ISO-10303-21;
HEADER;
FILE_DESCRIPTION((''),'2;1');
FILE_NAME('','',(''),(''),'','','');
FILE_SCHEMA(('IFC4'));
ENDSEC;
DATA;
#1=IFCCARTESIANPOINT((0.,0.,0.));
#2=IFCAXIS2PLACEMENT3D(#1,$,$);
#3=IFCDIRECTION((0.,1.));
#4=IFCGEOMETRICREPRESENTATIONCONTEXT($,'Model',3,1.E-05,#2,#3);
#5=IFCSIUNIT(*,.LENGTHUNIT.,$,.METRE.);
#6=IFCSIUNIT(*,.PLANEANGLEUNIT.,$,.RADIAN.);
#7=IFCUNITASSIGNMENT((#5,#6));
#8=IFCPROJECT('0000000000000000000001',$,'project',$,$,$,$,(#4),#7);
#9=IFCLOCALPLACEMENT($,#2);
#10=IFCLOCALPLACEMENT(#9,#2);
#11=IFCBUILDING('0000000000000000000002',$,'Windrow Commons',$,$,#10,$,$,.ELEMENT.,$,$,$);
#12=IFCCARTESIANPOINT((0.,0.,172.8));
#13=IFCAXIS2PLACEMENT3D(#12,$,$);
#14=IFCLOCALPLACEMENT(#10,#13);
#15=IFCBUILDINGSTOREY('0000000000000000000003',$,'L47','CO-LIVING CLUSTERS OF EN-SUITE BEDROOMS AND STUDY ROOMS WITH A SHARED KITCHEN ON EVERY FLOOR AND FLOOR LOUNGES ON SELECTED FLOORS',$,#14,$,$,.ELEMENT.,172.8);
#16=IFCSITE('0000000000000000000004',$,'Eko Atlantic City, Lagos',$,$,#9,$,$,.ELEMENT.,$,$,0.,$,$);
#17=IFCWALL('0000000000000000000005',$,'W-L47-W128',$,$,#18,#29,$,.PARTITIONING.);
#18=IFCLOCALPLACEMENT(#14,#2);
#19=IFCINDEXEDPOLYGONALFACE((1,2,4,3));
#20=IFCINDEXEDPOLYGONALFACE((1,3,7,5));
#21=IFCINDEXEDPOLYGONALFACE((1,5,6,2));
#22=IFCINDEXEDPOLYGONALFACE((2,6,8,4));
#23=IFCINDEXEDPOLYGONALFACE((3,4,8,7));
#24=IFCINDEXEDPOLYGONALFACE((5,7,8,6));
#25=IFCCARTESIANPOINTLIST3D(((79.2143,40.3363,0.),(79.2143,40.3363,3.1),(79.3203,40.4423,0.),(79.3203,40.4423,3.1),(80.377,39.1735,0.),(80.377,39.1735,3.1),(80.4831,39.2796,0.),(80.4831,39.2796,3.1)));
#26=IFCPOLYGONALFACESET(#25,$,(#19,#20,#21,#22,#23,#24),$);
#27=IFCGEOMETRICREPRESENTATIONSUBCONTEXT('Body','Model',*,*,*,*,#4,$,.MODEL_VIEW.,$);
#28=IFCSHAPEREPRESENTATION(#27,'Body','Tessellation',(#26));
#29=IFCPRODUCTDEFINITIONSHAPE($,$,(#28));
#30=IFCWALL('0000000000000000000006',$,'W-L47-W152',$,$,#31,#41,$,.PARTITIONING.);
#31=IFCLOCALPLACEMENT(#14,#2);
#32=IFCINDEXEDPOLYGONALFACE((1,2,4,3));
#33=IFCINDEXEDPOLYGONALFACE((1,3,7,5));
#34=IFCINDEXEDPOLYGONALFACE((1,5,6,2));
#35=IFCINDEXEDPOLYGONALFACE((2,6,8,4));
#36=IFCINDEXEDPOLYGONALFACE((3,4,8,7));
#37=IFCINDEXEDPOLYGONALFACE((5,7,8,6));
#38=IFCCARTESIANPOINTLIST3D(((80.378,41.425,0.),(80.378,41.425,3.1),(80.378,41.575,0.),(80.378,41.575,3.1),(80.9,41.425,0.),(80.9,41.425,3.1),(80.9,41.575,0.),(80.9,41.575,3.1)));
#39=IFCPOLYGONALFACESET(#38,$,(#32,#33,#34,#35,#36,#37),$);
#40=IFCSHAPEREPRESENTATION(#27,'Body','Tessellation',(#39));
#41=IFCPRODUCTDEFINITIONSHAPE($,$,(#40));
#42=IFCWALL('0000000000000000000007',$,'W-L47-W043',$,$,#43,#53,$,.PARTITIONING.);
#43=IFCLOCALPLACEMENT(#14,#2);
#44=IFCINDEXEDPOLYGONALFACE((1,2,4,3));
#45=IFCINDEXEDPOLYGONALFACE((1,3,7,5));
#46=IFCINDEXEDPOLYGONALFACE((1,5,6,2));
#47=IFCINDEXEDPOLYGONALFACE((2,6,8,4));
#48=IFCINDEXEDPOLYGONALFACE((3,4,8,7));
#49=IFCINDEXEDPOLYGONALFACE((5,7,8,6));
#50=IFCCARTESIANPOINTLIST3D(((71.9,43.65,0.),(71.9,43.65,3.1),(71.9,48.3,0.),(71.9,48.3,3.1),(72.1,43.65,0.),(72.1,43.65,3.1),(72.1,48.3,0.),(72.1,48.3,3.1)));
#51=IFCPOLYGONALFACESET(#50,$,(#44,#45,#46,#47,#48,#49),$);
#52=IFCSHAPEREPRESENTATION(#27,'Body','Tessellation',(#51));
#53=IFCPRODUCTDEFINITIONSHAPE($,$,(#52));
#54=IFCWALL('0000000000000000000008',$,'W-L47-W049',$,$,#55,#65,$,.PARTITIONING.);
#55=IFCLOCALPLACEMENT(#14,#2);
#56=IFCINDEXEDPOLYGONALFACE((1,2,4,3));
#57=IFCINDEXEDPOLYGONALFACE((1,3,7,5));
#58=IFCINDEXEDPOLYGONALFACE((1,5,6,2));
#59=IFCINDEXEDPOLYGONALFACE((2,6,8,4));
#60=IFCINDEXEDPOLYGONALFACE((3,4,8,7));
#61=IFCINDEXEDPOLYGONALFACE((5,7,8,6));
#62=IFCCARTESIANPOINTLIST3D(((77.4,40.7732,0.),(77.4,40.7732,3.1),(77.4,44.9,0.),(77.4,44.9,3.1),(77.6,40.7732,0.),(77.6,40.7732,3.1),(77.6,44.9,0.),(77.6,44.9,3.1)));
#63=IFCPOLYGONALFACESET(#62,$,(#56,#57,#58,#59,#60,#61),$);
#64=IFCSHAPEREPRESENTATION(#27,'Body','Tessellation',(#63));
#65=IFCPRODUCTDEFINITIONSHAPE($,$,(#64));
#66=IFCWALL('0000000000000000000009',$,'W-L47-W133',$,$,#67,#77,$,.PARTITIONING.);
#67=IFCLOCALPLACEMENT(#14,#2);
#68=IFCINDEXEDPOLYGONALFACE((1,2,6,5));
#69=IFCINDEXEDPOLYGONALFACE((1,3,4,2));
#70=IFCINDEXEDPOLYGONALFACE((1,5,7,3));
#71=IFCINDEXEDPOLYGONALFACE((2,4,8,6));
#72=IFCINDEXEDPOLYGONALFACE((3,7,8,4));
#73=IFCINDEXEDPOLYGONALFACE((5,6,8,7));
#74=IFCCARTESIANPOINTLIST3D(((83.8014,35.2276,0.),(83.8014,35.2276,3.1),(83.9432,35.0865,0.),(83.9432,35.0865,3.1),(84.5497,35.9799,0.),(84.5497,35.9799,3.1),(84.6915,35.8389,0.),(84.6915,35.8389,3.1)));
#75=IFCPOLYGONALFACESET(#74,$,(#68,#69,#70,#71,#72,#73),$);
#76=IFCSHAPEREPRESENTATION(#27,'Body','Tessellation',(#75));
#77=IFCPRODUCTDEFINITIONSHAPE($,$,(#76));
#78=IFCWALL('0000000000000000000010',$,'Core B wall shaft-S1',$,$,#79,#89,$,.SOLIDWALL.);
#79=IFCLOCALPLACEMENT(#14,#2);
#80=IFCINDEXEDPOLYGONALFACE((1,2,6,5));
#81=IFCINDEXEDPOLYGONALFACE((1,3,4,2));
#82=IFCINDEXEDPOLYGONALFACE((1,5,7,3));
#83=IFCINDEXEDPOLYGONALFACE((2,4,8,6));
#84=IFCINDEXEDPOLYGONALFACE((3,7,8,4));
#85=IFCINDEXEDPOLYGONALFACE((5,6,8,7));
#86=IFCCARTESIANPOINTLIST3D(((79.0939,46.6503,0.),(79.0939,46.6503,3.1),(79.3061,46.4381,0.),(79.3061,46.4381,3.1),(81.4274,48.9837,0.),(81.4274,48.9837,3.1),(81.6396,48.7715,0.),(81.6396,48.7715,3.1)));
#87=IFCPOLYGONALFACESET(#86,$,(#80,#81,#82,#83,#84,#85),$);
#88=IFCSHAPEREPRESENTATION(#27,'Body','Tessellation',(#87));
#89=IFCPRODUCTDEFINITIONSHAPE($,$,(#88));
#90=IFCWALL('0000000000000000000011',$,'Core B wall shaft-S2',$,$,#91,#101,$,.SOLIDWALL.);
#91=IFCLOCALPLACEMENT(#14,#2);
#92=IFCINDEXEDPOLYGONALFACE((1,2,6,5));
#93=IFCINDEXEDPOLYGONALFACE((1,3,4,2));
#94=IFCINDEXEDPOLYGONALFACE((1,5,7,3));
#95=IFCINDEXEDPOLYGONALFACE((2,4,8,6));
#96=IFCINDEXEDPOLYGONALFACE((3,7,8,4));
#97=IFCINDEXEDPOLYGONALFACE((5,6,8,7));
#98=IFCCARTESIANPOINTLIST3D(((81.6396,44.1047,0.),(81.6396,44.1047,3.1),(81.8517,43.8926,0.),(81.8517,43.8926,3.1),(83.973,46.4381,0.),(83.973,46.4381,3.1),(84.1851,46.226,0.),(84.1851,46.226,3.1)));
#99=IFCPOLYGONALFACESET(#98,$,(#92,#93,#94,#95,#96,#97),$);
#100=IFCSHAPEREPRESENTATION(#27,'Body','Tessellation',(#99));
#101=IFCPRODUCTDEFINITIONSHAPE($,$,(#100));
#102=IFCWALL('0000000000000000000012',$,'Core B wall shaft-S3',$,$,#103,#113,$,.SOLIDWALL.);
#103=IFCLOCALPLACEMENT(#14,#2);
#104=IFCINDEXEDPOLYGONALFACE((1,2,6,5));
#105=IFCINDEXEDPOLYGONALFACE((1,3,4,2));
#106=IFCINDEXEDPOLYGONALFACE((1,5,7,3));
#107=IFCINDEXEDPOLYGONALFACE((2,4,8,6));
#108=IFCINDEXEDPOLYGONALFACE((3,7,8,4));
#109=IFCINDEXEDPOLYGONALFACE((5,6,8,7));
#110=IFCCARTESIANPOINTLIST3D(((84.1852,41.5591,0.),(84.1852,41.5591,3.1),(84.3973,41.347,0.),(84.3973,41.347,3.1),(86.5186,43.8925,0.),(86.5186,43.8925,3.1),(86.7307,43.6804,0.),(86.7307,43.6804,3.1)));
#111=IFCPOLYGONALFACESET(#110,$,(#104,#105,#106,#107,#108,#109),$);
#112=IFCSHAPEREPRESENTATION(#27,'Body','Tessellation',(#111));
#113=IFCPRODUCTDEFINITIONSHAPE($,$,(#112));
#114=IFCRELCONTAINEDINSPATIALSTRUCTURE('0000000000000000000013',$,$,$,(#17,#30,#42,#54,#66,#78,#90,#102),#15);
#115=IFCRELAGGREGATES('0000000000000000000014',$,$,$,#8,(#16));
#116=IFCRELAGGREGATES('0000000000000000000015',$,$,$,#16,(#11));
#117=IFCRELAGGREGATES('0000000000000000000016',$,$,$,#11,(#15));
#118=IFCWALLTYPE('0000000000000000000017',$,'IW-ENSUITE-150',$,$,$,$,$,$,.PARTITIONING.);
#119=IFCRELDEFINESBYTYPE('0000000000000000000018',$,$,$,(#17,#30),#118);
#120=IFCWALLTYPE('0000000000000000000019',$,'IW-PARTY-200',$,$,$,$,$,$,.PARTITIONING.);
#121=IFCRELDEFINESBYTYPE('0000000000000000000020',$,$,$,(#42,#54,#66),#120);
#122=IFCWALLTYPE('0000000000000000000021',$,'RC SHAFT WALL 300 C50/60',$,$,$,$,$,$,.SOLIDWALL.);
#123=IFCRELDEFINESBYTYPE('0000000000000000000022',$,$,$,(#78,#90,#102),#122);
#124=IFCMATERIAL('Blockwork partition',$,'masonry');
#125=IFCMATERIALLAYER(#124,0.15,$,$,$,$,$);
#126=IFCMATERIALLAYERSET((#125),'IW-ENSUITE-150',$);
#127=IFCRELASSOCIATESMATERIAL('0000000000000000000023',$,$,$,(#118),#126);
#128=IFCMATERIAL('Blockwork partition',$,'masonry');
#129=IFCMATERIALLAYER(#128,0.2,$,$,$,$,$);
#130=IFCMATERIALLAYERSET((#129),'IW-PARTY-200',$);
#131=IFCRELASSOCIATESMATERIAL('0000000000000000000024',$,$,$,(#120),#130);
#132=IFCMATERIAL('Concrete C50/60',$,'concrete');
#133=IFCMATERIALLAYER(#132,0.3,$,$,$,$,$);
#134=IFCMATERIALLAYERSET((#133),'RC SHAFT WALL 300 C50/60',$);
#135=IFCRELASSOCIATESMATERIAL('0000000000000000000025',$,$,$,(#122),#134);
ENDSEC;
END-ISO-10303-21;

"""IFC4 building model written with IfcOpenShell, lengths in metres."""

from ifc_helpers import new_model, si_unit, direction, frame, frame_2d, origin, place, context, subcontext, project, spatial, rectangle, extrude, material, layer, layer_set, type_object, element, save


model = new_model("IFC4")

# Units and contexts
model_context = context("Model", 3, precision=1e-05, world=origin(), true_north=direction((0.0, 1.0)))
body_context = subcontext(model_context, "Body", "Model", "MODEL_VIEW")
ifc_project = project(units=[si_unit("LENGTHUNIT", "METRE"), si_unit("PLANEANGLEUNIT", "RADIAN")], contexts=[model_context])

# Site, building, storey
site_placement = place(None, origin())
site = spatial("IfcSite", under=ifc_project, at=site_placement, Name="Eko Atlantic City, Lagos", CompositionType="ELEMENT", RefElevation=0.0)
building_placement = place(site_placement, origin())
building = spatial("IfcBuilding", under=site, at=building_placement, Name="Windrow Commons", CompositionType="ELEMENT")
storey_placement = place(building_placement, frame((0.0, 0.0, 172.8)))
storey = spatial("IfcBuildingStorey", under=building, at=storey_placement, Name="L47", Description="CO-LIVING CLUSTERS OF EN-SUITE BEDROOMS AND STUDY ROOMS WITH A SHARED KITCHEN ON EVERY FLOOR AND FLOOR LOUNGES ON SELECTED FLOORS", CompositionType="ELEMENT", Elevation=172.8)

# Shared definitions
ifc_material_1 = material(Name="Blockwork partition", Category="masonry")
ifc_layer_1 = layer(ifc_material_1, 0.15)
ifc_layer_set_1 = layer_set([ifc_layer_1], Name="IW-ENSUITE-150")
wall_type_1 = type_object("IfcWallType", Name="IW-ENSUITE-150", PredefinedType="PARTITIONING", material=ifc_layer_set_1)

# Walls
wall_1_placement = place(storey_placement, frame((79.2673, 40.3893, 0.0), z_axis=(0.0, 0.0, 1.0), x_axis=(0.707107, -0.707107, 0.0)))
element("IfcWall", 1, at=wall_1_placement, inside=storey, type_object=wall_type_1, Name="W-L47-W128", PredefinedType="PARTITIONING", context=body_context, shape_type="SweptSolid", body=[
    extrude(rectangle(XDim=1.6444, YDim=0.15, at=frame_2d((0.8222, 0.0))), origin(), (0.0, 0.0, 1.0), 3.1),
])
wall_2_placement = place(storey_placement, frame((80.378, 41.5, 0.0), z_axis=(0.0, 0.0, 1.0), x_axis=(1.0, 0.0, 0.0)))
element("IfcWall", 2, at=wall_2_placement, inside=storey, type_object=wall_type_1, Name="W-L47-W152", PredefinedType="PARTITIONING", context=body_context, shape_type="SweptSolid", body=[
    extrude(rectangle(XDim=0.522, YDim=0.15, at=frame_2d((0.261, 0.0))), origin(), (0.0, 0.0, 1.0), 3.1),
])
ifc_material_2 = material(Name="Blockwork partition", Category="masonry")
ifc_layer_2 = layer(ifc_material_2, 0.2)
ifc_layer_set_2 = layer_set([ifc_layer_2], Name="IW-PARTY-200")
wall_type_2 = type_object("IfcWallType", Name="IW-PARTY-200", PredefinedType="PARTITIONING", material=ifc_layer_set_2)
wall_3_placement = place(storey_placement, frame((72.0, 43.65, 0.0), z_axis=(0.0, 0.0, 1.0), x_axis=(0.0, 1.0, 0.0)))
element("IfcWall", 3, at=wall_3_placement, inside=storey, type_object=wall_type_2, Name="W-L47-W043", PredefinedType="PARTITIONING", context=body_context, shape_type="SweptSolid", body=[
    extrude(rectangle(XDim=4.65, YDim=0.2, at=frame_2d((2.325, 0.0))), origin(), (0.0, 0.0, 1.0), 3.1),
])
wall_4_placement = place(storey_placement, frame((77.5, 40.7732, 0.0), z_axis=(0.0, 0.0, 1.0), x_axis=(0.0, 1.0, 0.0)))
element("IfcWall", 4, at=wall_4_placement, inside=storey, type_object=wall_type_2, Name="W-L47-W049", PredefinedType="PARTITIONING", context=body_context, shape_type="SweptSolid", body=[
    extrude(rectangle(XDim=4.1268, YDim=0.2, at=frame_2d((2.0634, 0.0))), origin(), (0.0, 0.0, 1.0), 3.1),
])
wall_5_placement = place(storey_placement, frame((83.8723, 35.1571, 0.0), z_axis=(0.0, 0.0, 1.0), x_axis=(0.705219, 0.708989, 0.0)))
element("IfcWall", 5, at=wall_5_placement, inside=storey, type_object=wall_type_2, Name="W-L47-W133", PredefinedType="PARTITIONING", context=body_context, shape_type="SweptSolid", body=[
    extrude(rectangle(XDim=1.0611, YDim=0.2, at=frame_2d((0.5305, 0.0))), origin(), (0.0, 0.0, 1.0), 3.1),
])
ifc_material_3 = material(Name="Concrete C50/60", Category="concrete")
ifc_layer_3 = layer(ifc_material_3, 0.3)
ifc_layer_set_3 = layer_set([ifc_layer_3], Name="RC SHAFT WALL 300 C50/60")
wall_type_3 = type_object("IfcWallType", Name="RC SHAFT WALL 300 C50/60", PredefinedType="SOLIDWALL", material=ifc_layer_set_3)
wall_6_placement = place(storey_placement, frame((79.2, 46.5442, 0.0), z_axis=(0.0, 0.0, 1.0), x_axis=(0.707122, 0.707092, 0.0)))
element("IfcWall", 6, at=wall_6_placement, inside=storey, type_object=wall_type_3, Name="Core B wall shaft-S1", PredefinedType="SOLIDWALL", context=body_context, shape_type="SweptSolid", body=[
    extrude(rectangle(XDim=3.3, YDim=0.3, at=frame_2d((1.65, 0.0))), origin(), (0.0, 0.0, 1.0), 3.1),
])
for number, where, z_axis, x_axis, name in (
    (7, (81.7456, 43.9986, 0.0), (0.0, 0.0, 1.0), (0.707107, 0.707107, 0.0), "Core B wall shaft-S2"),
    (8, (84.2912, 41.453, 0.0), (0.0, 0.0, 1.0), (0.707107, 0.707107, 0.0), "Core B wall shaft-S3"),
):
    element("IfcWall", number, at=place(storey_placement, frame(where, z_axis=z_axis, x_axis=x_axis)), inside=storey, type_object=wall_type_3, Name=name, PredefinedType="SOLIDWALL", context=body_context, shape_type="SweptSolid", body=[
        extrude(rectangle(XDim=3.2999, YDim=0.3, at=frame_2d((1.65, 0.0))), origin(), (0.0, 0.0, 1.0), 3.1),
    ])

save(model, "model.ifc")
